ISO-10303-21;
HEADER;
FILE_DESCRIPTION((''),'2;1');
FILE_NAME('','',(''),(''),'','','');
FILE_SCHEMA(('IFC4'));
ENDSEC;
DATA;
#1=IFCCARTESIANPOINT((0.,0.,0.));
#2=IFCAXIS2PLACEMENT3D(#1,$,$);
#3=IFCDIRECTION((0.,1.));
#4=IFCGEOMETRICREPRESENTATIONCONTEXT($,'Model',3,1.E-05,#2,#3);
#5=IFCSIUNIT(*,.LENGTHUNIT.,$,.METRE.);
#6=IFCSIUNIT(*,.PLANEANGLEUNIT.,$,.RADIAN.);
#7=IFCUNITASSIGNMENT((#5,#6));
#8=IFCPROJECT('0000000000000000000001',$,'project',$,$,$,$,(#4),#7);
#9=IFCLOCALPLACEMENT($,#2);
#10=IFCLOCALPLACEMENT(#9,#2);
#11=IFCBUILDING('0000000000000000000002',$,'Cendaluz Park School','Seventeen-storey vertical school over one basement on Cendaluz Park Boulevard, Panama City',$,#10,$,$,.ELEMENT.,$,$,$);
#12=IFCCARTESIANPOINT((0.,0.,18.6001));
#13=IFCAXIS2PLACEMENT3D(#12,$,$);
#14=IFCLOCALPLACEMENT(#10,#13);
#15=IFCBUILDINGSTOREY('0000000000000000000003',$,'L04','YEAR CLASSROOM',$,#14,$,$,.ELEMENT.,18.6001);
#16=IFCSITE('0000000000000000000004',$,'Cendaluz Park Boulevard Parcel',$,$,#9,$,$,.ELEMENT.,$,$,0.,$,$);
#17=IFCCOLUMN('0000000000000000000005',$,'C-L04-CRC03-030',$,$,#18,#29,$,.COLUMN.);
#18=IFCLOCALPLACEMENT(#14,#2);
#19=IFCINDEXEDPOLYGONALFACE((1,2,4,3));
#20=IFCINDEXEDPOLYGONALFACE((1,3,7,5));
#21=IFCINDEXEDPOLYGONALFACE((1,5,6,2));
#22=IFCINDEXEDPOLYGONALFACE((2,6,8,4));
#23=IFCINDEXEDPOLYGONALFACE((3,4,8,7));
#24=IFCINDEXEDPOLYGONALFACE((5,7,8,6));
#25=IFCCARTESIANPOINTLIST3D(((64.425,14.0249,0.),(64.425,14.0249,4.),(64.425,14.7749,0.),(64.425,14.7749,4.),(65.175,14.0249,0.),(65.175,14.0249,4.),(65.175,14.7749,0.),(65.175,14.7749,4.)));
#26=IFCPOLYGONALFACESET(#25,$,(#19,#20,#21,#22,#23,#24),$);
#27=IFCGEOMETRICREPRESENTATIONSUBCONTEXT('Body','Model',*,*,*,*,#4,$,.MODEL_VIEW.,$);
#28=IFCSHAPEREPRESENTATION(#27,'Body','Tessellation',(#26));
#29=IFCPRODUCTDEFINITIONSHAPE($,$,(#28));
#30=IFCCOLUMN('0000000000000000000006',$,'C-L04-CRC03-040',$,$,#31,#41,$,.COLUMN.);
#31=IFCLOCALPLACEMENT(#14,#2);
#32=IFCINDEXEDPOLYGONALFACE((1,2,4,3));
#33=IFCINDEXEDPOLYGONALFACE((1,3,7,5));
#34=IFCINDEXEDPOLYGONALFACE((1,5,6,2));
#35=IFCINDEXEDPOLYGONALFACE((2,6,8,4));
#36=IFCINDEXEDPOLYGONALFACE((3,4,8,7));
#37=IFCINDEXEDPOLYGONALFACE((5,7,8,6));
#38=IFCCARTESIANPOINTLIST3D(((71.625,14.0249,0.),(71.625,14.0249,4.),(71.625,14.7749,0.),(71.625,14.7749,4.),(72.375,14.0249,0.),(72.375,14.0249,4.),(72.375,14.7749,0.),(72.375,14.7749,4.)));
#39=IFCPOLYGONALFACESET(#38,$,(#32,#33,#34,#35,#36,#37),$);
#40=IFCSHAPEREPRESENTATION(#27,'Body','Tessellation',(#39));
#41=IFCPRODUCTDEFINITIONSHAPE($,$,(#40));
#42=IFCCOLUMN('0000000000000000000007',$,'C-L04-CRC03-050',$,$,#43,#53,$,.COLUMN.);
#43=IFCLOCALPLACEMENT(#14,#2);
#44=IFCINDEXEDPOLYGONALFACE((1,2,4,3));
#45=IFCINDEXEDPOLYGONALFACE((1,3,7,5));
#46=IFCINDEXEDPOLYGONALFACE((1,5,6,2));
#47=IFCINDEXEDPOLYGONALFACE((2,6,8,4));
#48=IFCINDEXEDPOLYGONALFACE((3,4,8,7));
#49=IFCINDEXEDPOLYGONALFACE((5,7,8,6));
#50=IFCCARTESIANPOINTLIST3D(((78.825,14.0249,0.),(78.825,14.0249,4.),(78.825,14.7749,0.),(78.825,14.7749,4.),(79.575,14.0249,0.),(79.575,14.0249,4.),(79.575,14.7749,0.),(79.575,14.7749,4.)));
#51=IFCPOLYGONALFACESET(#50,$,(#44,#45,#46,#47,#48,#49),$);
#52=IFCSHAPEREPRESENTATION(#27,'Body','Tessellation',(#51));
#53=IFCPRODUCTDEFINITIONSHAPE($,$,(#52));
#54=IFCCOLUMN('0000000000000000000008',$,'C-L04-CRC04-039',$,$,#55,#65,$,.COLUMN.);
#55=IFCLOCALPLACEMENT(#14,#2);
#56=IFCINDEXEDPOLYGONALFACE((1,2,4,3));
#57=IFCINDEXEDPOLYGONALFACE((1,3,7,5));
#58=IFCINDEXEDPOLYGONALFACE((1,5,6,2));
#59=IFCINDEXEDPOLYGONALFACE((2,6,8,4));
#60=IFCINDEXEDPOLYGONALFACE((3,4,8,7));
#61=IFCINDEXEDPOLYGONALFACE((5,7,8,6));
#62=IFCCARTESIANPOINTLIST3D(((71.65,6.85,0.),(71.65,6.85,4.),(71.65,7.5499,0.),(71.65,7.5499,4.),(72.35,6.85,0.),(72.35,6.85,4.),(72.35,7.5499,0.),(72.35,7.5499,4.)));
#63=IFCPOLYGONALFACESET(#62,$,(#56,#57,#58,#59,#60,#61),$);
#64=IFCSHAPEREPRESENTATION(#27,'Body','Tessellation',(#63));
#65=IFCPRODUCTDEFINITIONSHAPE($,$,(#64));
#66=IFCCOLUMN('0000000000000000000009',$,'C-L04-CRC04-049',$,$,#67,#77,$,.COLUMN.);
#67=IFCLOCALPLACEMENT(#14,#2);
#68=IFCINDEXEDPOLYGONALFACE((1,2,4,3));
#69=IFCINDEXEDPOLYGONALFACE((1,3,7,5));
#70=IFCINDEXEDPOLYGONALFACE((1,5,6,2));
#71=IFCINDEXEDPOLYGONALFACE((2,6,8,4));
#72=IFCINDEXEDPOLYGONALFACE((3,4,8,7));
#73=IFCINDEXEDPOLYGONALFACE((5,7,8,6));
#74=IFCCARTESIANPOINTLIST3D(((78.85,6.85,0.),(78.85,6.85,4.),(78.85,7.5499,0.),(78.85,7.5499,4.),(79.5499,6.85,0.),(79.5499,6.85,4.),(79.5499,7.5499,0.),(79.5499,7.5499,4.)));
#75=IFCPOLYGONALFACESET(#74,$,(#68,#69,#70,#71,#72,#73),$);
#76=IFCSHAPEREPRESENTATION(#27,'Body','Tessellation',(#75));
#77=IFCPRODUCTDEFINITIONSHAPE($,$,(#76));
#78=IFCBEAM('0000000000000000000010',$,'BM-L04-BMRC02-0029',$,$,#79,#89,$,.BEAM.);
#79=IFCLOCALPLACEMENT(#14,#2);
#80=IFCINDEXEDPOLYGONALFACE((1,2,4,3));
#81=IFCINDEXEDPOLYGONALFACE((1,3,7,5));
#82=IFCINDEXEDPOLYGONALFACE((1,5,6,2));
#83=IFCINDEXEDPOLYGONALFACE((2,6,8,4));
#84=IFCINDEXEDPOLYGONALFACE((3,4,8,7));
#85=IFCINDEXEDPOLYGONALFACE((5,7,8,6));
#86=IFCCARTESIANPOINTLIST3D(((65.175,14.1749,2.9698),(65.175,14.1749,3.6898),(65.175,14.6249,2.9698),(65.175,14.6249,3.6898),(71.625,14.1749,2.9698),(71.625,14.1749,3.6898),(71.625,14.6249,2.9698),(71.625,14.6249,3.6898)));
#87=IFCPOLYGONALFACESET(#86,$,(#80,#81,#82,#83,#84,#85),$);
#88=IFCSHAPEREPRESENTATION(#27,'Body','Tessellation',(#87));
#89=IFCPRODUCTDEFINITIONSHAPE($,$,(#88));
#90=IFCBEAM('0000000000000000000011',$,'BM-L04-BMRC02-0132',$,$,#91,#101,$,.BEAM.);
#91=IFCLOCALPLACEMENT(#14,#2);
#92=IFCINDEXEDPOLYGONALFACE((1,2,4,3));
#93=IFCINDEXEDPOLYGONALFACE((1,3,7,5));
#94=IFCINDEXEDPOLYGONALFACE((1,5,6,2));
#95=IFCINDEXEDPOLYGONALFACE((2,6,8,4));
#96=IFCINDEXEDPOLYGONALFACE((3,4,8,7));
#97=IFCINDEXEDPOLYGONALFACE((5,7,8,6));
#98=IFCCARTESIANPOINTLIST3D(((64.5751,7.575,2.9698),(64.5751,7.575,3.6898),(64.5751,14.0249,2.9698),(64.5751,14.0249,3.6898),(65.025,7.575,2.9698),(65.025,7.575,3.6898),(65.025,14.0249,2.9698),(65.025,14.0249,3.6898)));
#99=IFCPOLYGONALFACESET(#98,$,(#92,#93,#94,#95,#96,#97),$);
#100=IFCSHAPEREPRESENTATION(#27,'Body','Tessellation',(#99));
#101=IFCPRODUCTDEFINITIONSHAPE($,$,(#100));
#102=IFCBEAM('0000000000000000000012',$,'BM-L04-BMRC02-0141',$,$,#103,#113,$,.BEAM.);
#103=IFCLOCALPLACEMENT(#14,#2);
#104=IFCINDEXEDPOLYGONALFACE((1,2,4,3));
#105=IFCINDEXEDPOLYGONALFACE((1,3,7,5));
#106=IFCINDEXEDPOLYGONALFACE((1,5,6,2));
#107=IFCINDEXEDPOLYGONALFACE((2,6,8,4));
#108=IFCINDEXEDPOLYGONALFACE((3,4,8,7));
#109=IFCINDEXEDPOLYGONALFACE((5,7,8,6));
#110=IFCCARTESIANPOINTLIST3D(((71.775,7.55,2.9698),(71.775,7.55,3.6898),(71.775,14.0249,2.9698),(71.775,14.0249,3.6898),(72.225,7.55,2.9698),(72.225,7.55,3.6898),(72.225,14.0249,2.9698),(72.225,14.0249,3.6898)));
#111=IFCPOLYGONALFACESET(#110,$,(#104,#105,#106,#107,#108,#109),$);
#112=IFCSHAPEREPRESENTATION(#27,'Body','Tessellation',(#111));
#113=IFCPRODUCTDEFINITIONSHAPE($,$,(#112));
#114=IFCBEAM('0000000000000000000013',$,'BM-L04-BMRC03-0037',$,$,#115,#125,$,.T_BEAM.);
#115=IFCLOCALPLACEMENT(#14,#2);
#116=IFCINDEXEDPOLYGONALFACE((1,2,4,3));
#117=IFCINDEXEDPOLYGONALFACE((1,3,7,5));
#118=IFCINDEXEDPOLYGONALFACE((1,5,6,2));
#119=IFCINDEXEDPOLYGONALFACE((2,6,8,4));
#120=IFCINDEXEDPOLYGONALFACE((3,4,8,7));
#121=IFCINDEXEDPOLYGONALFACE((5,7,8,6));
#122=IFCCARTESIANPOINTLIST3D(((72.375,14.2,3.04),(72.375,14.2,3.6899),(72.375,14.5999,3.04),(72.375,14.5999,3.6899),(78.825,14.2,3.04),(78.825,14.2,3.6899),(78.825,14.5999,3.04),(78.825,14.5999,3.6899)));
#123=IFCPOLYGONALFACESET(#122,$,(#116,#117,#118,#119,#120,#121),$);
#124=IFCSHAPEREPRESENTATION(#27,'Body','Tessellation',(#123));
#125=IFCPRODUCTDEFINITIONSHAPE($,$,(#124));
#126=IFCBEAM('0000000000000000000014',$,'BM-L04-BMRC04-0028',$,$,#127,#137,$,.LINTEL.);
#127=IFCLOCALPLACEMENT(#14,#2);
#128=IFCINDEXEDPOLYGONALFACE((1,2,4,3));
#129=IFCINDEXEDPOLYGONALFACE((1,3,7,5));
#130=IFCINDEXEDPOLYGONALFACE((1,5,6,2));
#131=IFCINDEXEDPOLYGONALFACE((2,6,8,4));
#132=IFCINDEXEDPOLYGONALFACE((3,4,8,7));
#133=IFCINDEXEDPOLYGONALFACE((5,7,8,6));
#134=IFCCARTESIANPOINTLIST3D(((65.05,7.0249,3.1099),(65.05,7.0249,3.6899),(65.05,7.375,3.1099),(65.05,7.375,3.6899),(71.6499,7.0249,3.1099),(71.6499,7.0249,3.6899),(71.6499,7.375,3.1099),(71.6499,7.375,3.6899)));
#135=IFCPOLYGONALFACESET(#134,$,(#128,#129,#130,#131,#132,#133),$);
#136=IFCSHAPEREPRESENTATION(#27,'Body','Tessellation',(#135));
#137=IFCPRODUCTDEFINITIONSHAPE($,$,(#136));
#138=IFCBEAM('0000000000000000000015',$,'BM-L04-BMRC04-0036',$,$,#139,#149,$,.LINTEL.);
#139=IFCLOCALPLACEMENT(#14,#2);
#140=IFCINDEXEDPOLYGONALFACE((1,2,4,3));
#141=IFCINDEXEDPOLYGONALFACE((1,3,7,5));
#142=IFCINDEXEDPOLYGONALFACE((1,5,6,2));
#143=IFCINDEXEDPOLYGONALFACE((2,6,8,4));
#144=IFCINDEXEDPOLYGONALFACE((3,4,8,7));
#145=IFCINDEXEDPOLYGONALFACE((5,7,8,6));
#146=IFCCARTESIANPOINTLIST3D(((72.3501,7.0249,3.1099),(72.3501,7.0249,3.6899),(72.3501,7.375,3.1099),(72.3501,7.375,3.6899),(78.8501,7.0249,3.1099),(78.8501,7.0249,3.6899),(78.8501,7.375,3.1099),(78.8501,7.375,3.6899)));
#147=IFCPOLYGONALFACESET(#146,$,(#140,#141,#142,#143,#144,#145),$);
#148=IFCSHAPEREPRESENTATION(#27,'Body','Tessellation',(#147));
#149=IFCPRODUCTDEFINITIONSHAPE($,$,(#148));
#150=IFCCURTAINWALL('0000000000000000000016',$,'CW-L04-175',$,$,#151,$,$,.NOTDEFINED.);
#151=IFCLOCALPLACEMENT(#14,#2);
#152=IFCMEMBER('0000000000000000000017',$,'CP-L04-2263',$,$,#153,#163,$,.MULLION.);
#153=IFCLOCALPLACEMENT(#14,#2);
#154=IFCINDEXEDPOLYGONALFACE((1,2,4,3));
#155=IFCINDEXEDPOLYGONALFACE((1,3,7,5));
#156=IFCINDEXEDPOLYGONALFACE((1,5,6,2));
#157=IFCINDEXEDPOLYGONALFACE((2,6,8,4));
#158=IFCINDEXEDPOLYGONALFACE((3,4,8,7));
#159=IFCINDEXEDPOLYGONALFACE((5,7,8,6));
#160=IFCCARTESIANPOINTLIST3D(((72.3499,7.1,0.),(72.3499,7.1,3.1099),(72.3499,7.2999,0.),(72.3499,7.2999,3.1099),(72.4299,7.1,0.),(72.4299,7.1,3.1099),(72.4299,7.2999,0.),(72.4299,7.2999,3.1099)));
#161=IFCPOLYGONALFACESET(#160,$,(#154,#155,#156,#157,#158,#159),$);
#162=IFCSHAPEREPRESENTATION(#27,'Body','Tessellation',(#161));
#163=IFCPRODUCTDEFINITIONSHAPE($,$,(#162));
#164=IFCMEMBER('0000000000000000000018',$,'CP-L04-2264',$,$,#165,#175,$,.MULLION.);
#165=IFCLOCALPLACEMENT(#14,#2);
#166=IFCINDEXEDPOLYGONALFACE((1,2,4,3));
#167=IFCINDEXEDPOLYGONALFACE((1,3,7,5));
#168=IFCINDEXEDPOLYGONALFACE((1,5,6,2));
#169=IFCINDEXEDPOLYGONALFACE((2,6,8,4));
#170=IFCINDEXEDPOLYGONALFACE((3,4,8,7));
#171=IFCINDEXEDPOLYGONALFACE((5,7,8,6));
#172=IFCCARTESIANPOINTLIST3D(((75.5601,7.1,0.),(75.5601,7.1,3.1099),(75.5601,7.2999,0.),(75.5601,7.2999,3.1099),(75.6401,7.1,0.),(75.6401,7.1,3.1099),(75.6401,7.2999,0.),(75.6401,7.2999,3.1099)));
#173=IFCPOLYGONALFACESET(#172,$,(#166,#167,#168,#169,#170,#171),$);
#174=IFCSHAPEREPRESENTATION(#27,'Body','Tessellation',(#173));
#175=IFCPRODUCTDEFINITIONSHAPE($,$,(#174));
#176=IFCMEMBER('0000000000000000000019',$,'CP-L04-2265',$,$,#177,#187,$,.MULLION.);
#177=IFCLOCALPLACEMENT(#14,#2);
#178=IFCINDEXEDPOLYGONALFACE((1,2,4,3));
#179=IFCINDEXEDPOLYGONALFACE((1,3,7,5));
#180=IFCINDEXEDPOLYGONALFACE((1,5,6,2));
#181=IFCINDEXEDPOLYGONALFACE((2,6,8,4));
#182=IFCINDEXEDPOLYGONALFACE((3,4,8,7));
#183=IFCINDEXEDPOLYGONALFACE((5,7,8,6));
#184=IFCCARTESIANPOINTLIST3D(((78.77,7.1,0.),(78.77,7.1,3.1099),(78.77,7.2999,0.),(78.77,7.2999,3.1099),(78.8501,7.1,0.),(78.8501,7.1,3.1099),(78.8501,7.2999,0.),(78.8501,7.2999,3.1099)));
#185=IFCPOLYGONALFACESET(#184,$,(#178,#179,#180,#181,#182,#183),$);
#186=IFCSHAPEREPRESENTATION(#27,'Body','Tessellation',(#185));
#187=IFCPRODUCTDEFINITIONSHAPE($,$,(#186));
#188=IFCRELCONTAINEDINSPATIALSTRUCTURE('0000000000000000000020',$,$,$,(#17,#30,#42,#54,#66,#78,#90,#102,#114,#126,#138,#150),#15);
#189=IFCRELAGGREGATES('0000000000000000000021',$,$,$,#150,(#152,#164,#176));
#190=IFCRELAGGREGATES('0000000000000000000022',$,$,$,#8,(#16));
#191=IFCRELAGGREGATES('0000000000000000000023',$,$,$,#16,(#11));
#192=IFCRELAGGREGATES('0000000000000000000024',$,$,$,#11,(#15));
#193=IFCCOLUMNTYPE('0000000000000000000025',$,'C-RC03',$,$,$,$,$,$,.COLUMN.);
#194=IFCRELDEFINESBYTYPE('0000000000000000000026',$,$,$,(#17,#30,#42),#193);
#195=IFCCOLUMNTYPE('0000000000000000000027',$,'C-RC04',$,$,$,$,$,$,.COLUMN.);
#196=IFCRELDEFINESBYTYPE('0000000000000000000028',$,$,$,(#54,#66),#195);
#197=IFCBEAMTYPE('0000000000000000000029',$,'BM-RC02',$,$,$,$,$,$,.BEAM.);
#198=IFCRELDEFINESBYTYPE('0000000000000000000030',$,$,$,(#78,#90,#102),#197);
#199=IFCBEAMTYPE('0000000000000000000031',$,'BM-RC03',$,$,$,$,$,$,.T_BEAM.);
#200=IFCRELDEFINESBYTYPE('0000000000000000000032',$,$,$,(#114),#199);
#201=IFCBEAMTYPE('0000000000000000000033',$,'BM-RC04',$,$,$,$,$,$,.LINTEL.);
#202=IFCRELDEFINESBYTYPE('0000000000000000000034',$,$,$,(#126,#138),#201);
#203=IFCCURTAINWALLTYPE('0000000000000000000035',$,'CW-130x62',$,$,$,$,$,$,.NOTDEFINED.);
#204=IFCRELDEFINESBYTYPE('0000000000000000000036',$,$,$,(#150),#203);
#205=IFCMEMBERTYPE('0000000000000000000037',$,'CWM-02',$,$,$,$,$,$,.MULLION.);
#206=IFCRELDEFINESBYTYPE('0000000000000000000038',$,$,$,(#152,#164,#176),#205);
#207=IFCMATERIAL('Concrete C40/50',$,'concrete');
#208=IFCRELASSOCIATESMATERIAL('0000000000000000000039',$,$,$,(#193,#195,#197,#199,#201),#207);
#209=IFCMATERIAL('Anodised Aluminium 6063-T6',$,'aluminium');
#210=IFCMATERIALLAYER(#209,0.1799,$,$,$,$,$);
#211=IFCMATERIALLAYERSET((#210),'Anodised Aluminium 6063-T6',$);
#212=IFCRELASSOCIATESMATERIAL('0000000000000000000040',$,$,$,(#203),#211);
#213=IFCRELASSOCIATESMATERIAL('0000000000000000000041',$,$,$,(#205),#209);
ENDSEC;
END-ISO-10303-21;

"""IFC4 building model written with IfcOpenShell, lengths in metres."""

from ifc_helpers import new_model, si_unit, direction, frame, origin, origin_2d, place, context, subcontext, project, spatial, rectangle, extrude, material, layer, layer_set, material_profile, profile_set, type_object, element, aggregate, save


model = new_model("IFC4")

# Units and contexts
model_context = context("Model", 3, precision=1e-05, world=origin(), true_north=direction((0.0, 1.0)))
body_context = subcontext(model_context, "Body", "Model", "MODEL_VIEW")
ifc_project = project(units=[si_unit("LENGTHUNIT", "METRE"), si_unit("PLANEANGLEUNIT", "RADIAN")], contexts=[model_context])

# Site, building, storey
site_placement = place(None, origin())
site = spatial("IfcSite", under=ifc_project, at=site_placement, Name="Cendaluz Park Boulevard Parcel", CompositionType="ELEMENT", RefElevation=0.0)
building_placement = place(site_placement, origin())
building = spatial("IfcBuilding", under=site, at=building_placement, Name="Cendaluz Park School", Description="Seventeen-storey vertical school over one basement on Cendaluz Park Boulevard, Panama City", CompositionType="ELEMENT")
storey_placement = place(building_placement, frame((0.0, 0.0, 18.6001)))
storey = spatial("IfcBuildingStorey", under=building, at=storey_placement, Name="L04", Description="YEAR CLASSROOM", CompositionType="ELEMENT", Elevation=18.6001)

# Columns
ifc_material_1 = material(Name="Concrete C40/50", Category="concrete")
ifc_material_profile_1 = material_profile(ifc_material_1, rectangle(XDim=0.75, YDim=0.75, at=origin_2d()), Name="RC 750x750", Category="concrete")
ifc_profile_set_1 = profile_set([ifc_material_profile_1], Name="Concrete C40/50")
column_type_1 = type_object("IfcColumnType", Name="C-RC03", PredefinedType="COLUMN", material=ifc_profile_set_1)
for number, where, z_axis, x_axis, name in (
    (1, (64.8, 14.3999, 0.0), (0.0, 0.0, 1.0), (1.0, 0.0, 0.0), "C-L04-CRC03-030"),
    (2, (72.0, 14.3999, 0.0), (0.0, 0.0, 1.0), (1.0, 0.0, 0.0), "C-L04-CRC03-040"),
    (3, (79.2, 14.3999, 0.0), (0.0, 0.0, 1.0), (1.0, 0.0, 0.0), "C-L04-CRC03-050"),
):
    element("IfcColumn", number, at=place(storey_placement, frame(where, z_axis=z_axis, x_axis=x_axis)), inside=storey, type_object=column_type_1, Name=name, PredefinedType="COLUMN", context=body_context, shape_type="SweptSolid", body=[
        extrude(rectangle(XDim=0.75, YDim=0.75, at=origin_2d()), origin(), (0.0, 0.0, 1.0), 4.0),
    ])
ifc_material_profile_2 = material_profile(ifc_material_1, rectangle(XDim=0.7, YDim=0.7, at=origin_2d()), Name="RC 700x700", Category="concrete")
ifc_profile_set_2 = profile_set([ifc_material_profile_2], Name="Concrete C40/50")
column_type_2 = type_object("IfcColumnType", Name="C-RC04", PredefinedType="COLUMN", material=ifc_profile_set_2)
for number, where, z_axis, x_axis, name in (
    (4, (72.0, 7.2, 0.0), (0.0, 0.0, 1.0), (1.0, 0.0, 0.0), "C-L04-CRC04-039"),
    (5, (79.2, 7.2, 0.0), (0.0, 0.0, 1.0), (1.0, 0.0, 0.0), "C-L04-CRC04-049"),
):
    element("IfcColumn", number, at=place(storey_placement, frame(where, z_axis=z_axis, x_axis=x_axis)), inside=storey, type_object=column_type_2, Name=name, PredefinedType="COLUMN", context=body_context, shape_type="SweptSolid", body=[
        extrude(rectangle(XDim=0.7, YDim=0.7, at=origin_2d()), origin(), (0.0, 0.0, 1.0), 4.0),
    ])

# Beams
ifc_material_profile_3 = material_profile(ifc_material_1, rectangle(XDim=0.45, YDim=0.72, at=origin_2d()), Name="RC 450x720", Category="concrete")
ifc_profile_set_3 = profile_set([ifc_material_profile_3], Name="Concrete C40/50")
beam_type_1 = type_object("IfcBeamType", Name="BM-RC02", PredefinedType="BEAM", material=ifc_profile_set_3)
for number, where, z_axis, x_axis, name in (
    (6, (65.175, 14.3999, 3.3298), (1.0, 0.0, 0.0), (0.0, 1.0, 0.0), "BM-L04-BMRC02-0029"),
    (7, (64.8, 7.575, 3.3298), (0.0, 1.0, 0.0), (-1.0, 0.0, 0.0), "BM-L04-BMRC02-0132"),
):
    element("IfcBeam", number, at=place(storey_placement, frame(where, z_axis=z_axis, x_axis=x_axis)), inside=storey, type_object=beam_type_1, Name=name, PredefinedType="BEAM", context=body_context, shape_type="SweptSolid", body=[
        extrude(rectangle(XDim=0.45, YDim=0.72, at=origin_2d()), origin(), (0.0, 0.0, 1.0), 6.45),
    ])
beam_1_placement = place(storey_placement, frame((72.0, 7.55, 3.3298), z_axis=(0.0, 1.0, 0.0), x_axis=(-1.0, 0.0, 0.0)))
element("IfcBeam", 8, at=beam_1_placement, inside=storey, type_object=beam_type_1, Name="BM-L04-BMRC02-0141", PredefinedType="BEAM", context=body_context, shape_type="SweptSolid", body=[
    extrude(rectangle(XDim=0.45, YDim=0.72, at=origin_2d()), origin(), (0.0, 0.0, 1.0), 6.4749),
])
ifc_material_profile_4 = material_profile(ifc_material_1, rectangle(XDim=0.3999, YDim=0.6499, at=origin_2d()), Name="RC 400x650", Category="concrete")
ifc_profile_set_4 = profile_set([ifc_material_profile_4], Name="Concrete C40/50")
beam_type_2 = type_object("IfcBeamType", Name="BM-RC03", PredefinedType="T_BEAM", material=ifc_profile_set_4)
beam_2_placement = place(storey_placement, frame((72.375, 14.3999, 3.365), z_axis=(1.0, 0.0, 0.0), x_axis=(0.0, 1.0, 0.0)))
element("IfcBeam", 9, at=beam_2_placement, inside=storey, type_object=beam_type_2, Name="BM-L04-BMRC03-0037", PredefinedType="T_BEAM", context=body_context, shape_type="SweptSolid", body=[
    extrude(rectangle(XDim=0.3999, YDim=0.6499, at=origin_2d()), origin(), (0.0, 0.0, 1.0), 6.45),
])
ifc_material_profile_5 = material_profile(ifc_material_1, rectangle(XDim=0.3501, YDim=0.5801, at=origin_2d()), Name="RC 350x580", Category="concrete")
ifc_profile_set_5 = profile_set([ifc_material_profile_5], Name="Concrete C40/50")
beam_type_3 = type_object("IfcBeamType", Name="BM-RC04", PredefinedType="LINTEL", material=ifc_profile_set_5)
beam_3_placement = place(storey_placement, frame((65.05, 7.2, 3.3999), z_axis=(1.0, 0.0, 0.0), x_axis=(0.0, 1.0, 0.0)))
element("IfcBeam", 10, at=beam_3_placement, inside=storey, type_object=beam_type_3, Name="BM-L04-BMRC04-0028", PredefinedType="LINTEL", context=body_context, shape_type="SweptSolid", body=[
    extrude(rectangle(XDim=0.3501, YDim=0.5801, at=origin_2d()), origin(), (0.0, 0.0, 1.0), 6.5999),
])
beam_4_placement = place(storey_placement, frame((72.3501, 7.2, 3.3999), z_axis=(1.0, 0.0, 0.0), x_axis=(0.0, 1.0, 0.0)))
element("IfcBeam", 11, at=beam_4_placement, inside=storey, type_object=beam_type_3, Name="BM-L04-BMRC04-0036", PredefinedType="LINTEL", context=body_context, shape_type="SweptSolid", body=[
    extrude(rectangle(XDim=0.3501, YDim=0.5801, at=origin_2d()), origin(), (0.0, 0.0, 1.0), 6.5),
])

# Curtain wall, members
ifc_material_2 = material(Name="Anodised Aluminium 6063-T6", Category="aluminium")
ifc_layer_1 = layer(ifc_material_2, 0.1799)
ifc_layer_set_1 = layer_set([ifc_layer_1], Name="Anodised Aluminium 6063-T6")
curtain_wall_type = type_object("IfcCurtainWallType", Name="CW-130x62", PredefinedType="NOTDEFINED", material=ifc_layer_set_1)
curtain_wall_placement = place(storey_placement, origin())
curtain_wall = element("IfcCurtainWall", 12, at=curtain_wall_placement, inside=storey, type_object=curtain_wall_type, Name="CW-L04-175", PredefinedType="NOTDEFINED")
ifc_material_profile_6 = material_profile(ifc_material_2, rectangle(XDim=0.2, YDim=0.0801, at=origin_2d()), Name="CWM 200x80", Category="aluminium")
ifc_profile_set_6 = profile_set([ifc_material_profile_6], Name="Anodised Aluminium 6063-T6")
member_type_1 = type_object("IfcMemberType", Name="CWM-02", PredefinedType="MULLION", material=ifc_profile_set_6)
member_1_placement = place(storey_placement, frame((72.3899, 7.2, 0.0), z_axis=(0.0, 0.0, 1.0), x_axis=(0.0, 1.0, 0.0)))
member_1 = element("IfcMember", 13, at=member_1_placement, type_object=member_type_1, Name="CP-L04-2263", PredefinedType="MULLION", context=body_context, shape_type="SweptSolid", body=[
    extrude(rectangle(XDim=0.2, YDim=0.0801, at=origin_2d()), origin(), (0.0, 0.0, 1.0), 3.1099),
])
member_2_placement = place(storey_placement, frame((75.6001, 7.2, 0.0), z_axis=(0.0, 0.0, 1.0), x_axis=(0.0, 1.0, 0.0)))
member_2 = element("IfcMember", 14, at=member_2_placement, type_object=member_type_1, Name="CP-L04-2264", PredefinedType="MULLION", context=body_context, shape_type="SweptSolid", body=[
    extrude(rectangle(XDim=0.2, YDim=0.0801, at=origin_2d()), origin(), (0.0, 0.0, 1.0), 3.1099),
])
member_3_placement = place(storey_placement, frame((78.8101, 7.2, 0.0), z_axis=(0.0, 0.0, 1.0), x_axis=(0.0, 1.0, 0.0)))
member_3 = element("IfcMember", 15, at=member_3_placement, type_object=member_type_1, Name="CP-L04-2265", PredefinedType="MULLION", context=body_context, shape_type="SweptSolid", body=[
    extrude(rectangle(XDim=0.2, YDim=0.0801, at=origin_2d()), origin(), (0.0, 0.0, 1.0), 3.1099),
])
aggregate(curtain_wall, [member_1, member_2, member_3])

save(model, "model.ifc")
